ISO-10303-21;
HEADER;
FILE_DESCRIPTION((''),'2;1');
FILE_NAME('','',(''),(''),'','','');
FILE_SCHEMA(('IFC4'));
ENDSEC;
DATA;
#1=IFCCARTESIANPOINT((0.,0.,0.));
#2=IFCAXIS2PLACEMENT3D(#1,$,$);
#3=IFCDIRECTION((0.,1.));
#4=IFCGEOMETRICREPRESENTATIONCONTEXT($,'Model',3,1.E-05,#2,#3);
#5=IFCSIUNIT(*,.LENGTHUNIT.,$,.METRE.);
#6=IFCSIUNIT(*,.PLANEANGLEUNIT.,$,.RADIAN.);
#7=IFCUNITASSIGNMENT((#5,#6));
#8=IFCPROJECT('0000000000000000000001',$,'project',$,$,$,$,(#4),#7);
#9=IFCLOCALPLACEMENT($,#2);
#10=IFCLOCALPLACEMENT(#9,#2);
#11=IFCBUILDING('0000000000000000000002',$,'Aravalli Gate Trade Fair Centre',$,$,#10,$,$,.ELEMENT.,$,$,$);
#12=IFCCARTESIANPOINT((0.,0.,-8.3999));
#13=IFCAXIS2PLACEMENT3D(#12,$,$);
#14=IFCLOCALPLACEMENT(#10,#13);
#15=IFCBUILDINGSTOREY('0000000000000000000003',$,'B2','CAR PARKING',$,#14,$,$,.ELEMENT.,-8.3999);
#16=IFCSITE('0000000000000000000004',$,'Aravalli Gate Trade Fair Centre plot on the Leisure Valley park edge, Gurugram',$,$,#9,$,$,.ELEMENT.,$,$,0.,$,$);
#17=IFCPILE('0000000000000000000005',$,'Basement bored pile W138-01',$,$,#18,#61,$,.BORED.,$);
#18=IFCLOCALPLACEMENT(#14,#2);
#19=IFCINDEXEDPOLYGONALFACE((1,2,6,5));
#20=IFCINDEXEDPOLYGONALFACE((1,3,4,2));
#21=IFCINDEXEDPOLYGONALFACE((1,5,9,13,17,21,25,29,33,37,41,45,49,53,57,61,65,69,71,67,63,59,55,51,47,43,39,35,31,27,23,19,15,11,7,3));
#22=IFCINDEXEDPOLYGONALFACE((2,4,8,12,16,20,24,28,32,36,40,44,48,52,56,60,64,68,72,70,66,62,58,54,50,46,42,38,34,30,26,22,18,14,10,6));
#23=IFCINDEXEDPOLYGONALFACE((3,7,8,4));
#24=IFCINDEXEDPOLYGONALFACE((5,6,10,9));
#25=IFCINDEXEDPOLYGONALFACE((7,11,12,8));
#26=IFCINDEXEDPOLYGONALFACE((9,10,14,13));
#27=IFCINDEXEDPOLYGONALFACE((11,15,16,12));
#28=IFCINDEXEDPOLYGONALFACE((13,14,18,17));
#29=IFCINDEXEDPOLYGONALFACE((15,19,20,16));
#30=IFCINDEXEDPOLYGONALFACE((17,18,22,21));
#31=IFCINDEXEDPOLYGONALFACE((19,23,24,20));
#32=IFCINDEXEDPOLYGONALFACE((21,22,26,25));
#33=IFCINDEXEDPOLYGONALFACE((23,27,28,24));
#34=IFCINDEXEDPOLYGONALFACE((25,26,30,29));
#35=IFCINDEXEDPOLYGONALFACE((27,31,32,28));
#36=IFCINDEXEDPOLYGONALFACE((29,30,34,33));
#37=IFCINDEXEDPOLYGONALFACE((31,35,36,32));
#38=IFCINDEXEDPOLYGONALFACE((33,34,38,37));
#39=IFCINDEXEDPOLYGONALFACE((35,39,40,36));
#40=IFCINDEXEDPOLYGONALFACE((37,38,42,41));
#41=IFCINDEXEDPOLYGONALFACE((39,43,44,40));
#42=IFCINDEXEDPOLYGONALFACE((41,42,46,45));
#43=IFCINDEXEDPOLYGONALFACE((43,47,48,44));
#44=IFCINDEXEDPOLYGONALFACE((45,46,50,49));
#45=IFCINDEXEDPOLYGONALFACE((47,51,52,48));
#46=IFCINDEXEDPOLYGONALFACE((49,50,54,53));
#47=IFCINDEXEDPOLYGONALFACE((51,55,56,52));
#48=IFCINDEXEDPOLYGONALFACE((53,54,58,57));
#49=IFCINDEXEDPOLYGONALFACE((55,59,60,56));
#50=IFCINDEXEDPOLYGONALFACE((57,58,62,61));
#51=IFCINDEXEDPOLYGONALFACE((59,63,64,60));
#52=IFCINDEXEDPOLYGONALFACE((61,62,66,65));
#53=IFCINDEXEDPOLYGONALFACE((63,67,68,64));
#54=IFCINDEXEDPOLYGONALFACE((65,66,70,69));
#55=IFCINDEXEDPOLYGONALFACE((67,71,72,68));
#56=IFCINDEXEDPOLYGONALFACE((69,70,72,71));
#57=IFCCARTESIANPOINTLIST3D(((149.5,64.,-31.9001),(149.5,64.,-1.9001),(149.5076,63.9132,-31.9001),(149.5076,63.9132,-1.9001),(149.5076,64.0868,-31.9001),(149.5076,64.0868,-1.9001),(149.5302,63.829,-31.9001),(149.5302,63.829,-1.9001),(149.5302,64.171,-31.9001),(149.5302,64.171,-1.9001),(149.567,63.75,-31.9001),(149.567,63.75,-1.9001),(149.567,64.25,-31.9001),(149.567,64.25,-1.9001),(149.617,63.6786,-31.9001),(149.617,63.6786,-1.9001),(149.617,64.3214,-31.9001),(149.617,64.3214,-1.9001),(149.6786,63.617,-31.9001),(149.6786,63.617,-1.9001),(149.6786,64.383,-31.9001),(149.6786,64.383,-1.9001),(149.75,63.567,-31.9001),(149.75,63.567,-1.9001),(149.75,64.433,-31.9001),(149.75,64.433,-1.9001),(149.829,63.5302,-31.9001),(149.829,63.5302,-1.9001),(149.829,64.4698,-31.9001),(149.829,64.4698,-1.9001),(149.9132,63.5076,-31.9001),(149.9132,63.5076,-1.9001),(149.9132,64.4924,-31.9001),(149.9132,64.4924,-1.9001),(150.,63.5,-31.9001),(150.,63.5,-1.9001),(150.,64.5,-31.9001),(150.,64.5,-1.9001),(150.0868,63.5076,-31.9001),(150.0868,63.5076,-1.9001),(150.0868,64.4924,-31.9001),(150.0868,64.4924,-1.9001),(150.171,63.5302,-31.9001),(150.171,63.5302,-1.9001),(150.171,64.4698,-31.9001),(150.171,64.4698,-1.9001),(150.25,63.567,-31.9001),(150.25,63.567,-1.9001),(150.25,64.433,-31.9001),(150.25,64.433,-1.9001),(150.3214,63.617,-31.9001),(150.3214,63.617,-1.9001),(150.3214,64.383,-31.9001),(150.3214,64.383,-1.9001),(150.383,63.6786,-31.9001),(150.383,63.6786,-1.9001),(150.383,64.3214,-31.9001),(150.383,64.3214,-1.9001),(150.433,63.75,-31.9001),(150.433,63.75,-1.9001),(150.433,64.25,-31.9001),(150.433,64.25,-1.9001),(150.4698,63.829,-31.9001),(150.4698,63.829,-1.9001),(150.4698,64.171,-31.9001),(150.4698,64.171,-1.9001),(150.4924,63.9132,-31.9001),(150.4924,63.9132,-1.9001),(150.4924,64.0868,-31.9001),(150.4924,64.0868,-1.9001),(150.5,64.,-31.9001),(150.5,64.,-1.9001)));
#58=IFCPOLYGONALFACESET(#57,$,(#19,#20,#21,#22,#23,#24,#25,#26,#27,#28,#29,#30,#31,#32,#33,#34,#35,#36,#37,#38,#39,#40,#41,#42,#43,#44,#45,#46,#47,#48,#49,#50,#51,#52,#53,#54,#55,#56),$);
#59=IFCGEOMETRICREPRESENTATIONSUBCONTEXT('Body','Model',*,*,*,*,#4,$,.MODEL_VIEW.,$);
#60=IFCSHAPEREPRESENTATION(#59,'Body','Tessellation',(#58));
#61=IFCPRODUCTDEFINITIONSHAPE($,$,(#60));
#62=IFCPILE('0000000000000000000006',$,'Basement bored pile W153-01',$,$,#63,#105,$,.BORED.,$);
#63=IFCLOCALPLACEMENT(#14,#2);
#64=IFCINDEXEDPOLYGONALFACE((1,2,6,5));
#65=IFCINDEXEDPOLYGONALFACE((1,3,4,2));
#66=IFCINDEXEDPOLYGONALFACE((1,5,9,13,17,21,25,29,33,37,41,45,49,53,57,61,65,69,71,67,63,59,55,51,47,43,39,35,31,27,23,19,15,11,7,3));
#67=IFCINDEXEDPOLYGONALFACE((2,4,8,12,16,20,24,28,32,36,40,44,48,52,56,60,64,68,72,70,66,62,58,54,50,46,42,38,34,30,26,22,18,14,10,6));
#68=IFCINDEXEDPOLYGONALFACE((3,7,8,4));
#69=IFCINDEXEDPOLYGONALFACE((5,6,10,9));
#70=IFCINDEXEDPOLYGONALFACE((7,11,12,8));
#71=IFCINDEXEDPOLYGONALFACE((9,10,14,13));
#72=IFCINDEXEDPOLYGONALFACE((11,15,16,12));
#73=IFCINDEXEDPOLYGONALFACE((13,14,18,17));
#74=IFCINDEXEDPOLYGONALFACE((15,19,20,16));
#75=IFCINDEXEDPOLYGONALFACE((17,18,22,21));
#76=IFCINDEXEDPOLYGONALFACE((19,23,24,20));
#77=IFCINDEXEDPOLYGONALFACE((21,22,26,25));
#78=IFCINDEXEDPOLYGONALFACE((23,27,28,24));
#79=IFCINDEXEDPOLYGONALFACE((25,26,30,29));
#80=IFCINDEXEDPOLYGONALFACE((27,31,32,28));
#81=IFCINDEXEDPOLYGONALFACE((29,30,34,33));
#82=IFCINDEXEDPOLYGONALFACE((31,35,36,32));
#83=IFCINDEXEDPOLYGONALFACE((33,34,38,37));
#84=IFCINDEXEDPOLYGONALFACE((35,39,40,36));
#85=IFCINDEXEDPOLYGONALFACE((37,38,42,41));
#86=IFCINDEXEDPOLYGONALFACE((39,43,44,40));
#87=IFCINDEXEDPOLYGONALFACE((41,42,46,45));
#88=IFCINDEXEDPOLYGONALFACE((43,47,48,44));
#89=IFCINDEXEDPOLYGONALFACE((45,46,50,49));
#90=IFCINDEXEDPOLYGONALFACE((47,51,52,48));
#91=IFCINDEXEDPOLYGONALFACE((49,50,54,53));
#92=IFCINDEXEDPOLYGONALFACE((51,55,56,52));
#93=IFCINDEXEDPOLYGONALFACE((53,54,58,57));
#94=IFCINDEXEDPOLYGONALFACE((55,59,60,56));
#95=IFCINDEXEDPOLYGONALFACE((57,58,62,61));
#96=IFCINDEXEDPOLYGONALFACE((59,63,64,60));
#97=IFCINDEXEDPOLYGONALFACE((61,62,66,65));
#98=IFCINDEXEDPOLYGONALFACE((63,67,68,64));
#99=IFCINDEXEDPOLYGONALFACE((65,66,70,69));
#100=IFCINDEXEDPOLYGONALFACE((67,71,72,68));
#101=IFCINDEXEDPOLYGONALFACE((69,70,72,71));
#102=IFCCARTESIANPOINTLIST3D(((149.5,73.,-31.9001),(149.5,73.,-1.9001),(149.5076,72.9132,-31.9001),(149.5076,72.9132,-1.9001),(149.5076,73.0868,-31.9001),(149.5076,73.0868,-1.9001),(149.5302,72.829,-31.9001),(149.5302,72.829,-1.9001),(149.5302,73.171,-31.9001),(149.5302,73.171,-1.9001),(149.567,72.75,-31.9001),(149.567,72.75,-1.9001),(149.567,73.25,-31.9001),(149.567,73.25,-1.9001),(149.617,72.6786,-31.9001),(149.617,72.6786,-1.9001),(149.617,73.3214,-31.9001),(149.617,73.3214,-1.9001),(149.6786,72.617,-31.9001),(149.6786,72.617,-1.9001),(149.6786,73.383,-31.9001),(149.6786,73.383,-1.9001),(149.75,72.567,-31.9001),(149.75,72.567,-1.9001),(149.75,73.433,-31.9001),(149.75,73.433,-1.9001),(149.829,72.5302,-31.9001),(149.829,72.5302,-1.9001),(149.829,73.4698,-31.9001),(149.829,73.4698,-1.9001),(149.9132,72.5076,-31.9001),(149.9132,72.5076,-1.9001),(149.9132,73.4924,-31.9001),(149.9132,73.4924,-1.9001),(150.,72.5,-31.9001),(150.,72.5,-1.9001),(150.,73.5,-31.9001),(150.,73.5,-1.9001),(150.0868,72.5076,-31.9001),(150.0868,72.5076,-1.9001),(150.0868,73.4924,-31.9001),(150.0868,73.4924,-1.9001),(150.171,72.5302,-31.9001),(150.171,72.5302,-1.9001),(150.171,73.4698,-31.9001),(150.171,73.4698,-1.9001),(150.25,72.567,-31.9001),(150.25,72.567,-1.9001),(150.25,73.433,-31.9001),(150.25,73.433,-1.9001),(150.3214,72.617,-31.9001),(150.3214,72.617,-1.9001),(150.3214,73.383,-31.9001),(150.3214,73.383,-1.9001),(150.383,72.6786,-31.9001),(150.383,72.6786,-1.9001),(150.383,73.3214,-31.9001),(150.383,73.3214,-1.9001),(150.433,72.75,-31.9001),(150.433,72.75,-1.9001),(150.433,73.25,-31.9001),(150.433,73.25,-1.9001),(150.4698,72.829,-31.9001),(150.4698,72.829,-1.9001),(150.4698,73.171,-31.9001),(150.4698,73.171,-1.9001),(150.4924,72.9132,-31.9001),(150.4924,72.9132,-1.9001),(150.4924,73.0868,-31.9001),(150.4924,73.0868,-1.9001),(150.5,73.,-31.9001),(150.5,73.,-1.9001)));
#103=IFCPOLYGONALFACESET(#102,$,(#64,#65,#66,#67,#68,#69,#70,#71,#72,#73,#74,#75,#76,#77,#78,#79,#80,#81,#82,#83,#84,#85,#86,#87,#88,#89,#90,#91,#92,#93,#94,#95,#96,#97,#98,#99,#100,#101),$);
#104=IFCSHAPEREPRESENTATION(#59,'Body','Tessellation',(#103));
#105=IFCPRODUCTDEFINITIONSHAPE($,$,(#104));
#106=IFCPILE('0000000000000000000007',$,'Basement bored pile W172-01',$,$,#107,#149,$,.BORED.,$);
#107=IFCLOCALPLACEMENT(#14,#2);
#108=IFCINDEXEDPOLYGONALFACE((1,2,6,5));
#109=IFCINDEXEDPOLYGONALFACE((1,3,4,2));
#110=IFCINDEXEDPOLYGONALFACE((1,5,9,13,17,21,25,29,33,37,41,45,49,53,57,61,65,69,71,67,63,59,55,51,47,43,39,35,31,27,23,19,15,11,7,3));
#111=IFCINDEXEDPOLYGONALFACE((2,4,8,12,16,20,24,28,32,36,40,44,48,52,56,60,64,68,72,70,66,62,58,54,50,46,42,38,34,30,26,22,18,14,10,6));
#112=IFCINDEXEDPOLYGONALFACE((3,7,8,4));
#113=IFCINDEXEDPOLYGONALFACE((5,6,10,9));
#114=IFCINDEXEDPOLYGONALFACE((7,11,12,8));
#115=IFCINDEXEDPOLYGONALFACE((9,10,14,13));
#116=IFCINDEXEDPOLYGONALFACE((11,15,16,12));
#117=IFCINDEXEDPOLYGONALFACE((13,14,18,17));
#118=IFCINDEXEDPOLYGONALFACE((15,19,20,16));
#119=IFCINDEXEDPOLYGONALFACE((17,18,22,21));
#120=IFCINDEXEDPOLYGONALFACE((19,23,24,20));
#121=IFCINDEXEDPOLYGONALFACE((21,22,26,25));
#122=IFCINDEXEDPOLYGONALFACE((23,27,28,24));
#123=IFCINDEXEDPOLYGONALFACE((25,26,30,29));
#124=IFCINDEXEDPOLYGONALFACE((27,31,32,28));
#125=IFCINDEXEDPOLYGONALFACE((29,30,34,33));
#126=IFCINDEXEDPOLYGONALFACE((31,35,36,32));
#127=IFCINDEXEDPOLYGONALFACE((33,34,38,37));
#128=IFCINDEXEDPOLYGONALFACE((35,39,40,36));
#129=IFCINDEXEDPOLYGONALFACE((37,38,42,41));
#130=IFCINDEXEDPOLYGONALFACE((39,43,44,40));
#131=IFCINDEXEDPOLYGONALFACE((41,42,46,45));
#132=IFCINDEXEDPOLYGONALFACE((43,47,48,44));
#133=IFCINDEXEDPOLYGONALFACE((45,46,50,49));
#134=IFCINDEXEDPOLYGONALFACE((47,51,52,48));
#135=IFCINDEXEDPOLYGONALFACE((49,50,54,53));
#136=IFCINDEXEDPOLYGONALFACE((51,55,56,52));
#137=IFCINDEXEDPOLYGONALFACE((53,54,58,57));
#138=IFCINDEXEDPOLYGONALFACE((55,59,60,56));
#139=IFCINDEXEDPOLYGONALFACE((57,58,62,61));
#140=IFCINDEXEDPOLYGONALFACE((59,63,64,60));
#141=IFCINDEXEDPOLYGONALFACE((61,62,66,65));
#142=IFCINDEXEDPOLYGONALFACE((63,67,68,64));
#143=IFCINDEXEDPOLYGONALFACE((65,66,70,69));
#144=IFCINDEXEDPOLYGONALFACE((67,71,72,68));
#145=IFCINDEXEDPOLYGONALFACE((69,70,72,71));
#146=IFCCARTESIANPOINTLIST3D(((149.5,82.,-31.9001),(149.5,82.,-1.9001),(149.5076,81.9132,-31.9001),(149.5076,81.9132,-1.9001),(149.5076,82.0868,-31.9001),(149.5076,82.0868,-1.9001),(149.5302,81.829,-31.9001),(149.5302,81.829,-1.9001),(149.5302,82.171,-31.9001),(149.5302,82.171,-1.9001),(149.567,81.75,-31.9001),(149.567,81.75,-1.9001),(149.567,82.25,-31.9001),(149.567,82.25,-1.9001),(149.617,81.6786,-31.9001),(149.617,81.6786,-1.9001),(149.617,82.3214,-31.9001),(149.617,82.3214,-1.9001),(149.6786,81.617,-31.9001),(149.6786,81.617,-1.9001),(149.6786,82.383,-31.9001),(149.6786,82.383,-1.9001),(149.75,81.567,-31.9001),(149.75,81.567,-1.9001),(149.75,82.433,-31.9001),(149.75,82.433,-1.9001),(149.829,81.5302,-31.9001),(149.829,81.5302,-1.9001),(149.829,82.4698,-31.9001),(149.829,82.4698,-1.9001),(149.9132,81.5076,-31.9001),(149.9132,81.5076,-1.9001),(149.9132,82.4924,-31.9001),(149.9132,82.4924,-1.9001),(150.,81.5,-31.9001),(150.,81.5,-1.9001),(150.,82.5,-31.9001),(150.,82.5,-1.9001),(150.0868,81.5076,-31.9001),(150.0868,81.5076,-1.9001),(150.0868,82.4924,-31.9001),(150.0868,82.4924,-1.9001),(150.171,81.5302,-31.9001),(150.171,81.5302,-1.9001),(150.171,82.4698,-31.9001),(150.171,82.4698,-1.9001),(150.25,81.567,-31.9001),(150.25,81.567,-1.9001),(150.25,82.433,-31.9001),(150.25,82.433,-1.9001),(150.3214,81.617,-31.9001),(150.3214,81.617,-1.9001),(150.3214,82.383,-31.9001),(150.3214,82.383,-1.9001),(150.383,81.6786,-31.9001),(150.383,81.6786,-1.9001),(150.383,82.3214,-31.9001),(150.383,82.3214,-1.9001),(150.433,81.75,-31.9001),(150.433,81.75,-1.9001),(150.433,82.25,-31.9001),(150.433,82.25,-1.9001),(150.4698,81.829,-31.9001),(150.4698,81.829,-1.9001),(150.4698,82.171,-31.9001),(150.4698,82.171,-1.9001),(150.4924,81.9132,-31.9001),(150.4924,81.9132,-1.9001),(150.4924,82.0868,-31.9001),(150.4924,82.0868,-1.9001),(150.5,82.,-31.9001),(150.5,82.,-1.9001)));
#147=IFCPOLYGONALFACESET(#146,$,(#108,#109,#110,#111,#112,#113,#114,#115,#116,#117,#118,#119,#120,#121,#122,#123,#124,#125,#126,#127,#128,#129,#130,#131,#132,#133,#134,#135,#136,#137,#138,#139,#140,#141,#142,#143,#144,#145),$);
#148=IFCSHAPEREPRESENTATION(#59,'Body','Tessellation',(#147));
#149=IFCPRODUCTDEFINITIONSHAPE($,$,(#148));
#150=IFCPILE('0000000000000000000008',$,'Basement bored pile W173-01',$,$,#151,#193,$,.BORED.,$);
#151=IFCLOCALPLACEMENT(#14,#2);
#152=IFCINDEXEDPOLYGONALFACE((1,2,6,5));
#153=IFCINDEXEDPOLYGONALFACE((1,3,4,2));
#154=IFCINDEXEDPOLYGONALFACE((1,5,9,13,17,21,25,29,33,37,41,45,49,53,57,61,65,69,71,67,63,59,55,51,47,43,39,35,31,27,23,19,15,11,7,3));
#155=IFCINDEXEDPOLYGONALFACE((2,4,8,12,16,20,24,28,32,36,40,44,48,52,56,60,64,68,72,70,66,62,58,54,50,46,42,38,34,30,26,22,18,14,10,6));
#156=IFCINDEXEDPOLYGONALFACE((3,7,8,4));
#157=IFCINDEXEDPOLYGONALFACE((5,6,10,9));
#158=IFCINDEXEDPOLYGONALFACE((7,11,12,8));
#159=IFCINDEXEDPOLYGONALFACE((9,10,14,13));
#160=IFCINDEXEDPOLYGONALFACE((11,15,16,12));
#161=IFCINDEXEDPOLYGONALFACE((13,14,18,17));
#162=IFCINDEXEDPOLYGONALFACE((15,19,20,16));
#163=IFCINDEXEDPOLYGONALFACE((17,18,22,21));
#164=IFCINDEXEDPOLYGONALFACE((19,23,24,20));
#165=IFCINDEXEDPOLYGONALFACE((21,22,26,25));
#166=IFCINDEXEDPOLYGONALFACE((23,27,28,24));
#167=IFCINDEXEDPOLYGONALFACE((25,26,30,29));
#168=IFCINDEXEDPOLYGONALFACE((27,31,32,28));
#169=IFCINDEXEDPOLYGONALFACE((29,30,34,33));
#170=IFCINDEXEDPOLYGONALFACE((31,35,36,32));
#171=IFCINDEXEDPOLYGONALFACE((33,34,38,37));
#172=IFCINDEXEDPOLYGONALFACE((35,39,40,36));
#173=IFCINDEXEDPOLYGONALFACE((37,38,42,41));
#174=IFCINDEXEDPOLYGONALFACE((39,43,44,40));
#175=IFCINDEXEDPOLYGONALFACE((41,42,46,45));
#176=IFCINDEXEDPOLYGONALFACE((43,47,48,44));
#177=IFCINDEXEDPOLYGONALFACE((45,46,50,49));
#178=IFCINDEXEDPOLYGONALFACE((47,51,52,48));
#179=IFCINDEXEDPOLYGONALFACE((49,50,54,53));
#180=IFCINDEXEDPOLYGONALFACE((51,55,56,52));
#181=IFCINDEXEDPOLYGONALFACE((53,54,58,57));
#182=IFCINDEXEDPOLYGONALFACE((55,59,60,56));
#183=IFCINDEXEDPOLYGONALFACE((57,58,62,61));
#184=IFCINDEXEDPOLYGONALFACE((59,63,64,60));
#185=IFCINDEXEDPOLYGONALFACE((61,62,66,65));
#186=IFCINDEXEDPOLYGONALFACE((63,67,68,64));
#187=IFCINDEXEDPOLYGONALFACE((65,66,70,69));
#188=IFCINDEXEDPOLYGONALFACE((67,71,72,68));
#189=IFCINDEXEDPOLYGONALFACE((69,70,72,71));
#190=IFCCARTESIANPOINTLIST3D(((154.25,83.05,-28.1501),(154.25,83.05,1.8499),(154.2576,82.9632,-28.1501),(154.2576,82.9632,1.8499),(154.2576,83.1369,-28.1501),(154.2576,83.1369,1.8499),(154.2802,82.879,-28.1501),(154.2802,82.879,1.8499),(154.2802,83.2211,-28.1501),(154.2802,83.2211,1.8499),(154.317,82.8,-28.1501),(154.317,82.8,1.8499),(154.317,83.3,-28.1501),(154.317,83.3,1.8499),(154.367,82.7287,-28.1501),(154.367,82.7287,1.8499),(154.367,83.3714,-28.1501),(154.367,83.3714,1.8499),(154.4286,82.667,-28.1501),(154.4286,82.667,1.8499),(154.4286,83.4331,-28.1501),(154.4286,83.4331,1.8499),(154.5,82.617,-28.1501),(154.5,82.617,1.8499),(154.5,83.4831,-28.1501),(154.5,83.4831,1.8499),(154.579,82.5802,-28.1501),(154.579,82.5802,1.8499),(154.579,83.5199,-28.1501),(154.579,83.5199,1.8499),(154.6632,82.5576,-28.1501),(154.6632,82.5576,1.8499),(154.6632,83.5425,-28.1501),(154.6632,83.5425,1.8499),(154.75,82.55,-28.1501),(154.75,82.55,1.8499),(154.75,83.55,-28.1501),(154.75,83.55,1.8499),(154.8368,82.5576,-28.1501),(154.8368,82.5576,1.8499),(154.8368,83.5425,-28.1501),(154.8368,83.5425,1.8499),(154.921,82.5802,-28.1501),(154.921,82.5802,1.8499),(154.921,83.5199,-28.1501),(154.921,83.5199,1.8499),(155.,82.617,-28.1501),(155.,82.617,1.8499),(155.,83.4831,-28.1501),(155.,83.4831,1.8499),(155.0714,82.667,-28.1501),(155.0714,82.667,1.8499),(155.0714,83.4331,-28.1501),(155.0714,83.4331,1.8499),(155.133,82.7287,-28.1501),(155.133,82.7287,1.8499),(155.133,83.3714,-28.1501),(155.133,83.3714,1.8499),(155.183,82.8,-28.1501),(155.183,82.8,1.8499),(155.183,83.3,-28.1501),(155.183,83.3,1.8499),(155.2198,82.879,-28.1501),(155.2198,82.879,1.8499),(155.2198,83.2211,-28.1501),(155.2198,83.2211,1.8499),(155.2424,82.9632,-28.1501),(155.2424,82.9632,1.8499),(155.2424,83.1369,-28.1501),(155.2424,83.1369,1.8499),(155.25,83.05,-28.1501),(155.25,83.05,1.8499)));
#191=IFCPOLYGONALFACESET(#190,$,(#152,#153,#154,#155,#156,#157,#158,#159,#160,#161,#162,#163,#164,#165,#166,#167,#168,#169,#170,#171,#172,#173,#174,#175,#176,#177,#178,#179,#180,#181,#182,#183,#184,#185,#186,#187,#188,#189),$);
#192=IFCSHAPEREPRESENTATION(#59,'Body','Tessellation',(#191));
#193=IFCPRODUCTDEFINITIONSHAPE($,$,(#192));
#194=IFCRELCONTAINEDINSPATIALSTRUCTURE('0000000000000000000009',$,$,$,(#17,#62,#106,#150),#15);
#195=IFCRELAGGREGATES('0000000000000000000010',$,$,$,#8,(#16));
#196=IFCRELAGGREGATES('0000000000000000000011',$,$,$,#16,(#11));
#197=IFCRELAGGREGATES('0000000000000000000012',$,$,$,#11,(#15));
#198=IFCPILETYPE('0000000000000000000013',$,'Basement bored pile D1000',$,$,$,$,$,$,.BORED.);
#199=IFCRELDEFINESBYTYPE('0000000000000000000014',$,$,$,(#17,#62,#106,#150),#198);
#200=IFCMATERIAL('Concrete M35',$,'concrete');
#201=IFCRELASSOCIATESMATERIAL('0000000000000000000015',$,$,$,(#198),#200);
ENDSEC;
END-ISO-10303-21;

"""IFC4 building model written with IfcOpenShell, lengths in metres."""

from ifc_helpers import new_model, si_unit, direction, frame, origin, origin_2d, place, context, subcontext, project, spatial, circle, extrude, material, material_profile, profile_set, type_object, element, save


model = new_model("IFC4")

# Units and contexts
model_context = context("Model", 3, precision=1e-05, world=origin(), true_north=direction((0.0, 1.0)))
body_context = subcontext(model_context, "Body", "Model", "MODEL_VIEW")
ifc_project = project(units=[si_unit("LENGTHUNIT", "METRE"), si_unit("PLANEANGLEUNIT", "RADIAN")], contexts=[model_context])

# Site, building, storey
site_placement = place(None, origin())
site = spatial("IfcSite", under=ifc_project, at=site_placement, Name="Aravalli Gate Trade Fair Centre plot on the Leisure Valley park edge, Gurugram", CompositionType="ELEMENT", RefElevation=0.0)
building_placement = place(site_placement, origin())
building = spatial("IfcBuilding", under=site, at=building_placement, Name="Aravalli Gate Trade Fair Centre", CompositionType="ELEMENT")
storey_placement = place(building_placement, frame((0.0, 0.0, -8.3999)))
storey = spatial("IfcBuildingStorey", under=building, at=storey_placement, Name="B2", Description="CAR PARKING", CompositionType="ELEMENT", Elevation=-8.3999)

# Piles
ifc_material = material(Name="Concrete M35", Category="concrete")
ifc_material_profile = material_profile(ifc_material, circle(Radius=0.5, at=origin_2d()), Name="D1000")
ifc_profile_set = profile_set([ifc_material_profile], Name="Concrete M35")
pile_type = type_object("IfcPileType", Name="Basement bored pile D1000", PredefinedType="BORED", material=ifc_profile_set)
for number, where, z_axis, x_axis, name in (
    (1, (150.0, 64.0, -1.9001), (0.0, 0.0, -1.0), (1.0, 0.0, 0.0), "Basement bored pile W138-01"),
    (2, (150.0, 73.0, -1.9001), (0.0, 0.0, -1.0), (1.0, 0.0, 0.0), "Basement bored pile W153-01"),
    (3, (150.0, 82.0, -1.9001), (0.0, 0.0, -1.0), (1.0, 0.0, 0.0), "Basement bored pile W172-01"),
    (4, (154.75, 83.05, 1.8499), (0.0, 0.0, -1.0), (1.0, 0.0, 0.0), "Basement bored pile W173-01"),
):
    element("IfcPile", number, at=place(storey_placement, frame(where, z_axis=z_axis, x_axis=x_axis)), inside=storey, type_object=pile_type, Name=name, PredefinedType="BORED", context=body_context, shape_type="SweptSolid", body=[
        extrude(circle(Radius=0.5, at=origin_2d()), origin(), (0.0, 0.0, 1.0), 30.0),
    ])

save(model, "model.ifc")
